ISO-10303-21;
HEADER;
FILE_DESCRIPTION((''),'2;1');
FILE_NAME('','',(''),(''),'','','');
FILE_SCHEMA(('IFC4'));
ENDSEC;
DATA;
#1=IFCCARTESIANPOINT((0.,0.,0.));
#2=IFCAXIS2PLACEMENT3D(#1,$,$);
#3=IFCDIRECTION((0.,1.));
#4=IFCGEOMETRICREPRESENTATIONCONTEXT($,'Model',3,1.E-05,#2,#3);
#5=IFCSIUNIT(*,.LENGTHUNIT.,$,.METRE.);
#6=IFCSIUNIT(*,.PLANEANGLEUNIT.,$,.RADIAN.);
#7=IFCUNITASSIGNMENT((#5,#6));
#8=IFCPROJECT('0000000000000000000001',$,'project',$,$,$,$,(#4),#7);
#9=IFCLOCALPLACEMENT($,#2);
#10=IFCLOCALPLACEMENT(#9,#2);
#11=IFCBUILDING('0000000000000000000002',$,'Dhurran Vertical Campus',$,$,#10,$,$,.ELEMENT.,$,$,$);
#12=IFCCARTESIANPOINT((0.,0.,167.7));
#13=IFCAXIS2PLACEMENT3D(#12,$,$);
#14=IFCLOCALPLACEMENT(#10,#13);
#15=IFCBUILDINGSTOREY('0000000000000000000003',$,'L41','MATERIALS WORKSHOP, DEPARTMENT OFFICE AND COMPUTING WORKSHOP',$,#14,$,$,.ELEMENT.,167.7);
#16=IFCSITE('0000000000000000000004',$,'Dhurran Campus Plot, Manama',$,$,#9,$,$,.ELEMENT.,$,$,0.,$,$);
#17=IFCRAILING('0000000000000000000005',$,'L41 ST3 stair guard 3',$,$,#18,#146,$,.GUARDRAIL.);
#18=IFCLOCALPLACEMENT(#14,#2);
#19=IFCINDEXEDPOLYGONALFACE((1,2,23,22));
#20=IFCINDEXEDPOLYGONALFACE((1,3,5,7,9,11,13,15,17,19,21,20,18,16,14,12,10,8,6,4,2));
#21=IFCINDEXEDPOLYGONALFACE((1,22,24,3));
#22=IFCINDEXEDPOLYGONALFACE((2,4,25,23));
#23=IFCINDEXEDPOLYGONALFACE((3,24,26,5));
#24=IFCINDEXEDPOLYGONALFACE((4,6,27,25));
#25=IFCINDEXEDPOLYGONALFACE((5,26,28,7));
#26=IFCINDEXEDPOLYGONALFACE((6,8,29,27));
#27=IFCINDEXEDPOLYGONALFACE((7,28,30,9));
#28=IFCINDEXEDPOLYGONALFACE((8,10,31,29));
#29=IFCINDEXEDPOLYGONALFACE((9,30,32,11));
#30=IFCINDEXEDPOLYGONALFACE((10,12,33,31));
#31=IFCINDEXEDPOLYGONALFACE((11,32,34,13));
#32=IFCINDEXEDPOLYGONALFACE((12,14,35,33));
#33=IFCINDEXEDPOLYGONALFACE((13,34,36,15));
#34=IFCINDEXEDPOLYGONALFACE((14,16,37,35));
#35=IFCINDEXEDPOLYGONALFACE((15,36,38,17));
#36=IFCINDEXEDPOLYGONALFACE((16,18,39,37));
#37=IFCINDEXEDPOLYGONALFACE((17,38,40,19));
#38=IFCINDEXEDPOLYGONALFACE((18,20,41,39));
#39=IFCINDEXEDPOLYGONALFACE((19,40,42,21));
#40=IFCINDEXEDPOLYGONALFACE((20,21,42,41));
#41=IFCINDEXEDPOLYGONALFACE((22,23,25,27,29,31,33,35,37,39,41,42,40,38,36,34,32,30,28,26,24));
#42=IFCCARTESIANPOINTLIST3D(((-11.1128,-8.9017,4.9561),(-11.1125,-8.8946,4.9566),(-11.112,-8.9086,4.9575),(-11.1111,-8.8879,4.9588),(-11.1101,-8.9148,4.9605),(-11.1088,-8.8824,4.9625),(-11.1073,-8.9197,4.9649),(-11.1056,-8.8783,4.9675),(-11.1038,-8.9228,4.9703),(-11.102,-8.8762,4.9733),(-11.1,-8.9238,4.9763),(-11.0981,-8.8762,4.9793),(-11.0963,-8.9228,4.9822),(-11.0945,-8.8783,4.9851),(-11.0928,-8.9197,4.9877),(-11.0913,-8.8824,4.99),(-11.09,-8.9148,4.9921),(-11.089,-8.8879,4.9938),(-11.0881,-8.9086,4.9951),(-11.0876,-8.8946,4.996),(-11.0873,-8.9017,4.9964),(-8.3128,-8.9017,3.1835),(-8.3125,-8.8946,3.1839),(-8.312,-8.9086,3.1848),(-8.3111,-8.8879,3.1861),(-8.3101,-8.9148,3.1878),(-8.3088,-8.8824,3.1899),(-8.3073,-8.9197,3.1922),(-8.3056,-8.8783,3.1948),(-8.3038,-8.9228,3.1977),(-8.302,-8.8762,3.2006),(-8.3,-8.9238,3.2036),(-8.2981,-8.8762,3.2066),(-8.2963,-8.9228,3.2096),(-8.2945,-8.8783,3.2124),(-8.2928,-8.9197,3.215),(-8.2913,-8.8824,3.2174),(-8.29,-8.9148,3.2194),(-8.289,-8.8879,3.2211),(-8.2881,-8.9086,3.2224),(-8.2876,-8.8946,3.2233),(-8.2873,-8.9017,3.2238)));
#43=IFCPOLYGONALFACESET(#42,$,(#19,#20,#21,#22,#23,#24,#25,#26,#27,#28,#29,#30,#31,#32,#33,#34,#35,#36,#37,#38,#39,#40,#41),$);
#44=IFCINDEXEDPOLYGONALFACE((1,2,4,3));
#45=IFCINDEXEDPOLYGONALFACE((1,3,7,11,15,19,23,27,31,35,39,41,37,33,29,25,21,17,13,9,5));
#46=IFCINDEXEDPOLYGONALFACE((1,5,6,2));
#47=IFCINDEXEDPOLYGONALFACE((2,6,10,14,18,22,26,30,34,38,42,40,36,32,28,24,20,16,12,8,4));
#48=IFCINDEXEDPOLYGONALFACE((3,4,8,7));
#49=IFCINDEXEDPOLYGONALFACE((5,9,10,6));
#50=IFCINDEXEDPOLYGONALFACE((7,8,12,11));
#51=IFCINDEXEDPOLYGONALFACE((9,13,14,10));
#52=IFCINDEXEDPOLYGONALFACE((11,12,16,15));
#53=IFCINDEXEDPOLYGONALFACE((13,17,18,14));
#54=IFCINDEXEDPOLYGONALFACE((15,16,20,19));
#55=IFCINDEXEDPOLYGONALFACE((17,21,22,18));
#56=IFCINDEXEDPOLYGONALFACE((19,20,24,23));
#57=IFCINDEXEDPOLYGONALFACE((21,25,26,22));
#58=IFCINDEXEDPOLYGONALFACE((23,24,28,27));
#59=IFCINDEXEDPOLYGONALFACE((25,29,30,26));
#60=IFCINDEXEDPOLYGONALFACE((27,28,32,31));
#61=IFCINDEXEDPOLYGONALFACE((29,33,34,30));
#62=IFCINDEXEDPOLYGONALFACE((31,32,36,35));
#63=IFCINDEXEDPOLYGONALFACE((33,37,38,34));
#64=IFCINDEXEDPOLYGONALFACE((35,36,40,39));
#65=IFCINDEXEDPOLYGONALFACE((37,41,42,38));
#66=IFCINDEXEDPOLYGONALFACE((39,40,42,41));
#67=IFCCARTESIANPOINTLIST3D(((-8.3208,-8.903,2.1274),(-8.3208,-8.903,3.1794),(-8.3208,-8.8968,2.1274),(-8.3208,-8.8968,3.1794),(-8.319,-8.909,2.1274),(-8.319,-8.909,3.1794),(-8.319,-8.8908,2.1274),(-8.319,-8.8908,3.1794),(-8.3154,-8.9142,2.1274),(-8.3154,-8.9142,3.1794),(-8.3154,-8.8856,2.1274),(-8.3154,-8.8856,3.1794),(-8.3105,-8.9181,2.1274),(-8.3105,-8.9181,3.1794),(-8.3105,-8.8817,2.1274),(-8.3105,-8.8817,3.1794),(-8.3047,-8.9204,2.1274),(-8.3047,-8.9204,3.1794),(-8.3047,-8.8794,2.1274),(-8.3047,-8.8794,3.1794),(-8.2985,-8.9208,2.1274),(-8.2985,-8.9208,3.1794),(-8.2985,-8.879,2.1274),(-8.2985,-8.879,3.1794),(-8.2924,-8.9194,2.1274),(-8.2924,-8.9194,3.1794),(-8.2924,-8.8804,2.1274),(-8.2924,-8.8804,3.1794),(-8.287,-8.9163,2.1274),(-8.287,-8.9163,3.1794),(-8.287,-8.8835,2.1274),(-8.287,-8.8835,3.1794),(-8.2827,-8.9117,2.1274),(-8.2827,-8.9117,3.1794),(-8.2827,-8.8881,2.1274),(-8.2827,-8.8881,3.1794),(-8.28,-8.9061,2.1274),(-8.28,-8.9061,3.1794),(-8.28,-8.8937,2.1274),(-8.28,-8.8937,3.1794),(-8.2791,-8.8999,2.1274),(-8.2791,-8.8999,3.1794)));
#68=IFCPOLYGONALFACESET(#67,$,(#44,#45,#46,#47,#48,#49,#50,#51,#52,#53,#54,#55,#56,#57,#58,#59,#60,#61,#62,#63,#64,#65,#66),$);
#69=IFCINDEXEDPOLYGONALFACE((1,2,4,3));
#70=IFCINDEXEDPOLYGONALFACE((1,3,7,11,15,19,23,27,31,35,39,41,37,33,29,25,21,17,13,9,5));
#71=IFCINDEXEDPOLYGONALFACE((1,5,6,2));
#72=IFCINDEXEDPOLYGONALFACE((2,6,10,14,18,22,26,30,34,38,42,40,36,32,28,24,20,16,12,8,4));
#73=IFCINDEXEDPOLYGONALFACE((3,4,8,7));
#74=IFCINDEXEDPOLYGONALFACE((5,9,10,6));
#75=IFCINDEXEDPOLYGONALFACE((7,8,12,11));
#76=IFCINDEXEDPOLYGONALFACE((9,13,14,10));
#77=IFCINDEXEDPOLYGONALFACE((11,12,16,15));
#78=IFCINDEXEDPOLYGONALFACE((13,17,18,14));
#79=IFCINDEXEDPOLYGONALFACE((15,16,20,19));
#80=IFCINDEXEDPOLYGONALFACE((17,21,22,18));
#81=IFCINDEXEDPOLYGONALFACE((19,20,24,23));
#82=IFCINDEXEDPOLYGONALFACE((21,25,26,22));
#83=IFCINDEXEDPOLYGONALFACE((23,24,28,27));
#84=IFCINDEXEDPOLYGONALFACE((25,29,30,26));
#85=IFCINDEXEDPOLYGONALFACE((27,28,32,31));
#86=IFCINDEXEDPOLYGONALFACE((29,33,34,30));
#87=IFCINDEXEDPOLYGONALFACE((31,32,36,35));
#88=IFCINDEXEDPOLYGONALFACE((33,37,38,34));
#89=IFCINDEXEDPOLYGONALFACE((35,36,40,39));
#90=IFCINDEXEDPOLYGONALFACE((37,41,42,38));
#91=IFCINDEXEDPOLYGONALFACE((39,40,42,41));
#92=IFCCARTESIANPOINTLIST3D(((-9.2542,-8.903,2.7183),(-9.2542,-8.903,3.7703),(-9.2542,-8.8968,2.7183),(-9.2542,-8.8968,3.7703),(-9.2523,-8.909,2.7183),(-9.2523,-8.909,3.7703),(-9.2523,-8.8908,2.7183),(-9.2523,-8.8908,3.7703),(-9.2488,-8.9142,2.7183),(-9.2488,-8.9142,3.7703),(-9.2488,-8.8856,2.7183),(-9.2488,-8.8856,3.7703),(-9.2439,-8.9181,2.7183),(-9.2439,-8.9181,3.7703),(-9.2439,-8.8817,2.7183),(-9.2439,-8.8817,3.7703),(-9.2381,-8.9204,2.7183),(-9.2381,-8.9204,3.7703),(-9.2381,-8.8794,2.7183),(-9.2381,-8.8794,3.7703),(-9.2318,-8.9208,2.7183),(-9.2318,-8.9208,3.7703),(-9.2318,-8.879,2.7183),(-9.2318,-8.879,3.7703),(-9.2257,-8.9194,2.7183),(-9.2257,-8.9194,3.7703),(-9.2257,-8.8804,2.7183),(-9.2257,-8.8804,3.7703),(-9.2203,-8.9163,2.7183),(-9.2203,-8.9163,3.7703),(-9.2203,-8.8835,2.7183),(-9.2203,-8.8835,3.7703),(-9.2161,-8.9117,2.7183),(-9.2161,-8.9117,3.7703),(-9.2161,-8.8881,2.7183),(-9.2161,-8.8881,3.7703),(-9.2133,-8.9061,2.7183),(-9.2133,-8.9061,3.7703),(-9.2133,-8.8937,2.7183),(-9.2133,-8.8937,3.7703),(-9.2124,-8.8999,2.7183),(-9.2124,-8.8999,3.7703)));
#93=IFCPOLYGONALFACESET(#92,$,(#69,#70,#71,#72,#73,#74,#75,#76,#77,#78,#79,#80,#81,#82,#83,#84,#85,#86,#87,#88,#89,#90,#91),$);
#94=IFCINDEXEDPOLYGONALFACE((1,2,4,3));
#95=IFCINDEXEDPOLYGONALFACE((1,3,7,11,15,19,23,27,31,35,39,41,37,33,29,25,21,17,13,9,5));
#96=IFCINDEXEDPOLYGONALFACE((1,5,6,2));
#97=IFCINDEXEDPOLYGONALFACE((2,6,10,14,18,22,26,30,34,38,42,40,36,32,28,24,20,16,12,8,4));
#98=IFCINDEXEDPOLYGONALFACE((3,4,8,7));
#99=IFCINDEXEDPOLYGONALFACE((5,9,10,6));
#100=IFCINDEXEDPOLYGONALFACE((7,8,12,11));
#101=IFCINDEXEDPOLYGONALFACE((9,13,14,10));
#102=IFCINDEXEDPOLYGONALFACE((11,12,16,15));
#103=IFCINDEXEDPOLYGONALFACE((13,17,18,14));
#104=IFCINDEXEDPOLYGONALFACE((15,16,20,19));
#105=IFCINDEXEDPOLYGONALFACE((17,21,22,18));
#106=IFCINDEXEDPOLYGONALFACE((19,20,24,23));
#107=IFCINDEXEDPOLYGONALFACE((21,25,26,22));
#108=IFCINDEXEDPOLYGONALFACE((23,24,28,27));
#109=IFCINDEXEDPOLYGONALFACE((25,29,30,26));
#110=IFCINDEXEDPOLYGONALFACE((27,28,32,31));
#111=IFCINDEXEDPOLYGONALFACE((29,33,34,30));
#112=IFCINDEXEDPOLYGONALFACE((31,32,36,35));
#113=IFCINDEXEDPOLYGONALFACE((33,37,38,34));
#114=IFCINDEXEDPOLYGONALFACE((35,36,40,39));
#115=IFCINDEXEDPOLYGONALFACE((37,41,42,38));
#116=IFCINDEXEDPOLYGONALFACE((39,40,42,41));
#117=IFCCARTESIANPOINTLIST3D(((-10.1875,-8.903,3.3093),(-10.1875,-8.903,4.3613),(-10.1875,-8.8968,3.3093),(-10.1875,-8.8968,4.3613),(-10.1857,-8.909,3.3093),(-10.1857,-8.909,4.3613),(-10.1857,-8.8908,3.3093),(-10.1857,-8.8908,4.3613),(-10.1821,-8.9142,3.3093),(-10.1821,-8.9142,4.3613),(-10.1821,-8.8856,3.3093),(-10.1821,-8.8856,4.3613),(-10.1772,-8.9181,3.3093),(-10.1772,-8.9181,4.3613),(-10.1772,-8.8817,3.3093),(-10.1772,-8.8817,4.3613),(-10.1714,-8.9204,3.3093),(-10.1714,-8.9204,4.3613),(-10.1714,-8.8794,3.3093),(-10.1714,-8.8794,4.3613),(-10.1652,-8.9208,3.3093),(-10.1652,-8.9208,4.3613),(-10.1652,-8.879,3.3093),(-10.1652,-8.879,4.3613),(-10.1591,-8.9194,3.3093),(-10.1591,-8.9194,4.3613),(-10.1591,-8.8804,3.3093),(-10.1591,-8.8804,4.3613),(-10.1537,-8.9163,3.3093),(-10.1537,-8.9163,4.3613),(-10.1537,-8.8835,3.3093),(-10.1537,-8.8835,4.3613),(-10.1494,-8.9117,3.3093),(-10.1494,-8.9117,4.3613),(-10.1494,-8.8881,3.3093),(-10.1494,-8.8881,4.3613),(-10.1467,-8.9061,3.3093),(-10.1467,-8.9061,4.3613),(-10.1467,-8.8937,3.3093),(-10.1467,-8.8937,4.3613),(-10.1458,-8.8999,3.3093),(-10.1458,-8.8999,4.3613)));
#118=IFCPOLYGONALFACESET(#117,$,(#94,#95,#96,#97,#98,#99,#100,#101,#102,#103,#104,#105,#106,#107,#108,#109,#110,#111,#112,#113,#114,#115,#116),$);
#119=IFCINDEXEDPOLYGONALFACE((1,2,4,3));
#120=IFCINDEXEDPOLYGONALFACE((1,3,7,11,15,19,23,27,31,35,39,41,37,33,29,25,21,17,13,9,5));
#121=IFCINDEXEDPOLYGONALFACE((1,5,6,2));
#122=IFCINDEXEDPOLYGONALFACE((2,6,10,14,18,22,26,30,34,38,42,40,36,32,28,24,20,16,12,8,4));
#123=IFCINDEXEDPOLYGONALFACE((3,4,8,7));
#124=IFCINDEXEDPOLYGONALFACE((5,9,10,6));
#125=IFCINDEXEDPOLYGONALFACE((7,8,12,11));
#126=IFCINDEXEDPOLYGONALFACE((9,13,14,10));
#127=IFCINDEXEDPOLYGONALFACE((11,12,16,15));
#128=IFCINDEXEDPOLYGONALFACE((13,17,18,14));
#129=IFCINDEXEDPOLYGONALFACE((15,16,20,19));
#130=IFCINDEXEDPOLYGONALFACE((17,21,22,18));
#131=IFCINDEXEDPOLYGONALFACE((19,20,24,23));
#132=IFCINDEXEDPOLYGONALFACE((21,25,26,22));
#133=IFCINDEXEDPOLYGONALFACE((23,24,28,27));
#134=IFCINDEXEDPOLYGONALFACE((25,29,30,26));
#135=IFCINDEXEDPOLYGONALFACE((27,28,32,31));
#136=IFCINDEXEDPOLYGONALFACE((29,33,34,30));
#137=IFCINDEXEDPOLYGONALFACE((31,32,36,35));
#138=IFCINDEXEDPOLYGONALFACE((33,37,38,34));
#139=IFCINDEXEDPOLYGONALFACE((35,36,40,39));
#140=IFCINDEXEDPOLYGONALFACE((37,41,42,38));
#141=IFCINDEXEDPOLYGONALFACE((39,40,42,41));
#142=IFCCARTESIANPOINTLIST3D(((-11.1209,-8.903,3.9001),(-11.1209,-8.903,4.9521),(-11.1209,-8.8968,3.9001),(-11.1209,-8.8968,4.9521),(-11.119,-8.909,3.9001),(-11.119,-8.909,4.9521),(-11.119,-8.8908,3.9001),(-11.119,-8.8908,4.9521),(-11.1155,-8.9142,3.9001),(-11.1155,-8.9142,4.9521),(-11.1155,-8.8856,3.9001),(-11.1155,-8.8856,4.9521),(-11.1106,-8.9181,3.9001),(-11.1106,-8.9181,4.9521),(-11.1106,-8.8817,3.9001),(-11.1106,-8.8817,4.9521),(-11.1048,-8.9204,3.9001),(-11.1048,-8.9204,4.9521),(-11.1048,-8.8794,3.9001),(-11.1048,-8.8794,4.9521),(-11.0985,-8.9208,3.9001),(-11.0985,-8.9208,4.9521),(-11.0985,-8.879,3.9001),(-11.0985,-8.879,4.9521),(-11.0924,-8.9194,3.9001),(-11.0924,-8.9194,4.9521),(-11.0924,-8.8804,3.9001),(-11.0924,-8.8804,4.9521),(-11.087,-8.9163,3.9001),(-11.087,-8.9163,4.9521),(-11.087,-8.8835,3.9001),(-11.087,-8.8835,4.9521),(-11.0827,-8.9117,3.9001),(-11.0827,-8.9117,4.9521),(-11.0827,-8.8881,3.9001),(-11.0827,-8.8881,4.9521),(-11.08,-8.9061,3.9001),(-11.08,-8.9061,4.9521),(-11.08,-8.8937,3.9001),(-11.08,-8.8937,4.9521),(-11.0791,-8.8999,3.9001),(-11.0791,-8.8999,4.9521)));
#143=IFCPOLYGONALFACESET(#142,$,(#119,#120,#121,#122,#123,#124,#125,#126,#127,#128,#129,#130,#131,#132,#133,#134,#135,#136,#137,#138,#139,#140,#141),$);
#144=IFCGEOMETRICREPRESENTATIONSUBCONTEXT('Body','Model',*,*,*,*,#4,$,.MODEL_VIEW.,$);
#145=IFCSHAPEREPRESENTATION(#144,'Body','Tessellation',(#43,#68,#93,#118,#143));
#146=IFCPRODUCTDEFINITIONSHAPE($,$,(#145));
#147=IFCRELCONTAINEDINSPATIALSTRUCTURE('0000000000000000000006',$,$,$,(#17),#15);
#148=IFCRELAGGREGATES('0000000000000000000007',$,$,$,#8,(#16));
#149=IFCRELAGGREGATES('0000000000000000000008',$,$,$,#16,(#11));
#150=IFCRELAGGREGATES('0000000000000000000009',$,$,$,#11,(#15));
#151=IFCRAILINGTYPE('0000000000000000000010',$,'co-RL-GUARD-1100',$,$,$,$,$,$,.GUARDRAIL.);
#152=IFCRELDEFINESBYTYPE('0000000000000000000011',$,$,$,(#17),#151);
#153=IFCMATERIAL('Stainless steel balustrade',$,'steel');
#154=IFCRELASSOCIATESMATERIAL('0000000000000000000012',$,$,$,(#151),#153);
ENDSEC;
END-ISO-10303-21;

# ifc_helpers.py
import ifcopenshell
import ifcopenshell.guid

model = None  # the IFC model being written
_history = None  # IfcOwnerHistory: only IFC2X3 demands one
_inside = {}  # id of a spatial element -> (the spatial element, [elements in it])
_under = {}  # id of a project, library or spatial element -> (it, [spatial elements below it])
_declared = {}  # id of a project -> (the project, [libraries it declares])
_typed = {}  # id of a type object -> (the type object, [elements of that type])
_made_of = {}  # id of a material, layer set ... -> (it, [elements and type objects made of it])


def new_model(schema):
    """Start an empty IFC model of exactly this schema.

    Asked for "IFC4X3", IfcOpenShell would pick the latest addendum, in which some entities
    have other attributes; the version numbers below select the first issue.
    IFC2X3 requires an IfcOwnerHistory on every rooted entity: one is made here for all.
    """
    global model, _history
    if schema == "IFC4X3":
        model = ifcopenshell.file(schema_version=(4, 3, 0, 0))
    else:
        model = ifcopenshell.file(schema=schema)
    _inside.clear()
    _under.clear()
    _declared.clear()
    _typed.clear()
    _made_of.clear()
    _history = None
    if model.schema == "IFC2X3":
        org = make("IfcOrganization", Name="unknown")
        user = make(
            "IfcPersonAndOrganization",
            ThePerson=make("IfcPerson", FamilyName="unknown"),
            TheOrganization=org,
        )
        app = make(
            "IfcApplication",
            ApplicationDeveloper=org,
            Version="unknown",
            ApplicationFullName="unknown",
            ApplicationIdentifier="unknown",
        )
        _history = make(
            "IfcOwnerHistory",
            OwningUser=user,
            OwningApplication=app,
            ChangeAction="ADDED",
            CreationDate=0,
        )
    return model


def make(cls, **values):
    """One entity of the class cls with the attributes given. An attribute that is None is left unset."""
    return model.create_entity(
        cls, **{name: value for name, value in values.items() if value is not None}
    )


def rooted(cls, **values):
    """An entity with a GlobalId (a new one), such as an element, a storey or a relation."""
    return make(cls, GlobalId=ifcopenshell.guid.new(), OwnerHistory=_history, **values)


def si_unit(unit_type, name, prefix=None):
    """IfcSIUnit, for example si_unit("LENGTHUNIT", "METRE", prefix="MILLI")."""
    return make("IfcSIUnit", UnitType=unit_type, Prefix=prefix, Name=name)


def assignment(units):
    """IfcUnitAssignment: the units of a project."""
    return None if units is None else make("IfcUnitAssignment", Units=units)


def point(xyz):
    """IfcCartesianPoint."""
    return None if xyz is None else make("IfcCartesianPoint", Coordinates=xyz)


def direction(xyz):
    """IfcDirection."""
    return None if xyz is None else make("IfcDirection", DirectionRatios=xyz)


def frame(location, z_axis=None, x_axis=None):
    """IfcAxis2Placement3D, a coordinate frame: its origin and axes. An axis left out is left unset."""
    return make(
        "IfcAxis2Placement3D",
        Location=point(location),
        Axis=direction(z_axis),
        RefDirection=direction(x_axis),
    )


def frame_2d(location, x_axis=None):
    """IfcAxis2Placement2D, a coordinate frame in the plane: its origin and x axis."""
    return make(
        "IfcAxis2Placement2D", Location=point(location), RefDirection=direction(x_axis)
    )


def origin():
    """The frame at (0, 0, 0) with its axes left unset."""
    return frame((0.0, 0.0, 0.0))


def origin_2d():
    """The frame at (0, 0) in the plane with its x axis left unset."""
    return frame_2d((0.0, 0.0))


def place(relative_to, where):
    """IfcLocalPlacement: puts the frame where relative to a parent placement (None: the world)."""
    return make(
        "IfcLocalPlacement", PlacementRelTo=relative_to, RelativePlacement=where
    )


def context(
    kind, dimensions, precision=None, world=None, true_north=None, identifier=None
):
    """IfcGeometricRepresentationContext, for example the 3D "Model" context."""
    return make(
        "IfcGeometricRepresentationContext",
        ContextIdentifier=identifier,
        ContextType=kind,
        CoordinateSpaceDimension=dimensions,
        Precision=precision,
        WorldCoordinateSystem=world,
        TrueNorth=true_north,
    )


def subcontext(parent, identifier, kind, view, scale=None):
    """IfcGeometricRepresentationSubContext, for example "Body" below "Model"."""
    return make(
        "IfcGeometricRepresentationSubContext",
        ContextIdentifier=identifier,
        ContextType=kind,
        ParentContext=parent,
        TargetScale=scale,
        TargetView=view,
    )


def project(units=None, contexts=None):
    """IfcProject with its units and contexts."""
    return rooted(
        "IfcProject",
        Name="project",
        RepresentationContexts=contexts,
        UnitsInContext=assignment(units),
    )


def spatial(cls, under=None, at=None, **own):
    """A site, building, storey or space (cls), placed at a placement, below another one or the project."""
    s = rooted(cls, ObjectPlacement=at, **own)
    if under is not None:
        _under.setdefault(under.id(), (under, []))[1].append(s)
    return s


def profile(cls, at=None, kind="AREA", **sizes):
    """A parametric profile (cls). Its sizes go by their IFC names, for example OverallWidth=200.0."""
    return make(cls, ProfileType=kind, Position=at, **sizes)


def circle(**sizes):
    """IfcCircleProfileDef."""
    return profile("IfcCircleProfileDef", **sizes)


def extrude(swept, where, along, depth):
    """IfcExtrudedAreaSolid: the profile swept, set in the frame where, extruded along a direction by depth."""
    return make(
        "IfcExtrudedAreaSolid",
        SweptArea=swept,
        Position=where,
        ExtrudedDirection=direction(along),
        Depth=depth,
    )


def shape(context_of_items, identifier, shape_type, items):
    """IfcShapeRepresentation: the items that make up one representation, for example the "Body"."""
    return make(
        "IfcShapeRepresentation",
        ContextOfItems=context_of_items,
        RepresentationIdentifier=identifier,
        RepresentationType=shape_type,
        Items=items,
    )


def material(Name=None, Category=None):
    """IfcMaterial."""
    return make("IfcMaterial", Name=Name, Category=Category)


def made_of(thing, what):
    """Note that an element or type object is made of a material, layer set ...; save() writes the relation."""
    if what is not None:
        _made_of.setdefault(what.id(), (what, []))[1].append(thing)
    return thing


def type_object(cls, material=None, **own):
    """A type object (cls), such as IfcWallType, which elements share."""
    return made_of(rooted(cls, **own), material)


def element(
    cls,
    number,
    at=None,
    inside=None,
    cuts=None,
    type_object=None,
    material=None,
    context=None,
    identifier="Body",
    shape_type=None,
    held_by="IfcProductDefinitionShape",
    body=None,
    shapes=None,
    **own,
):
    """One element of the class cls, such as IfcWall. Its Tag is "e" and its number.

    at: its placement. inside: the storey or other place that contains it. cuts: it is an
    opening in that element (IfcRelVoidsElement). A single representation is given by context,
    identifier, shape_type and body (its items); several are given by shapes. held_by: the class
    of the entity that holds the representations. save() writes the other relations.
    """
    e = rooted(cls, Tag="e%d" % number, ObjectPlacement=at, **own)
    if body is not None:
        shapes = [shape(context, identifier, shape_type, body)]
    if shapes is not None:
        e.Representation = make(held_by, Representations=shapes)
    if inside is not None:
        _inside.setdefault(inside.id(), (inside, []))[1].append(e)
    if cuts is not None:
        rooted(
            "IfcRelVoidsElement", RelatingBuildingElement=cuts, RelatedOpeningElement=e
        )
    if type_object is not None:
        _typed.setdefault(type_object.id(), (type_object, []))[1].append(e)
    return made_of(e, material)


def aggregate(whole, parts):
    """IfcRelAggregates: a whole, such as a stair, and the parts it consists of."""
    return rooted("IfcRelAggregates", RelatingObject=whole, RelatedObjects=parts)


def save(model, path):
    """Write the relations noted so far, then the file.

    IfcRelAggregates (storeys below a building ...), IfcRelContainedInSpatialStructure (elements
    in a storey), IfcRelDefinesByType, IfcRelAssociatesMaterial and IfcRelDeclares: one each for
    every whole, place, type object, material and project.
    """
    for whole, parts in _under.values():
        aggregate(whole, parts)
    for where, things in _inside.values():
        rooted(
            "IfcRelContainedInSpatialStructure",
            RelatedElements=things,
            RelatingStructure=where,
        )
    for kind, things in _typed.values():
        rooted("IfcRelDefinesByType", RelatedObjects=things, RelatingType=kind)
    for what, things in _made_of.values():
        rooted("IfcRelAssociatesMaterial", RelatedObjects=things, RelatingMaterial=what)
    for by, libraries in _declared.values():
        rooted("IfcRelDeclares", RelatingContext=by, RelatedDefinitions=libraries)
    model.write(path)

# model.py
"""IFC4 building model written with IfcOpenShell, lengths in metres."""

from ifc_helpers import new_model, si_unit, direction, frame, origin, origin_2d, place, context, subcontext, project, spatial, circle, extrude, material, type_object, element, save


model = new_model("IFC4")

# Units and contexts
model_context = context("Model", 3, precision=1e-05, world=origin(), true_north=direction((0.0, 1.0)))
body_context = subcontext(model_context, "Body", "Model", "MODEL_VIEW")
ifc_project = project(units=[si_unit("LENGTHUNIT", "METRE"), si_unit("PLANEANGLEUNIT", "RADIAN")], contexts=[model_context])

# Site, building, storey
site_placement = place(None, origin())
site = spatial("IfcSite", under=ifc_project, at=site_placement, Name="Dhurran Campus Plot, Manama", CompositionType="ELEMENT", RefElevation=0.0)
building_placement = place(site_placement, origin())
building = spatial("IfcBuilding", under=site, at=building_placement, Name="Dhurran Vertical Campus", CompositionType="ELEMENT")
storey_placement = place(building_placement, frame((0.0, 0.0, 167.7)))
storey = spatial("IfcBuildingStorey", under=building, at=storey_placement, Name="L41", Description="MATERIALS WORKSHOP, DEPARTMENT OFFICE AND COMPUTING WORKSHOP", CompositionType="ELEMENT", Elevation=167.7)

# Railing
ifc_material_1 = material(Name="Stainless steel balustrade", Category="steel")
railing_type_1 = type_object("IfcRailingType", Name="co-RL-GUARD-1100", PredefinedType="GUARDRAIL", material=ifc_material_1)
railing_1_placement = place(storey_placement, frame((-8.3, -8.8999, 2.1274)))
element("IfcRailing", 1, at=railing_1_placement, inside=storey, type_object=railing_type_1, Name="L41 ST3 stair guard 3", PredefinedType="GUARDRAIL", context=body_context, shape_type="SweptSolid", body=[
    extrude(circle(Radius=0.0239, at=origin_2d()), frame((0.0, 0.0, 1.0762), z_axis=(-0.844909, 0.0, 0.53491), x_axis=(0.0, -1.0, 0.0)), (0.0, 0.0, 1.0), 3.314),
    extrude(circle(Radius=0.021, at=origin_2d()), origin(), (0.0, 0.0, 1.0), 1.052),
    extrude(circle(Radius=0.021, at=origin_2d()), frame((-0.9333, 0.0, 0.5908)), (0.0, 0.0, 1.0), 1.052),
    extrude(circle(Radius=0.021, at=origin_2d()), frame((-1.8667, 0.0, 1.1819)), (0.0, 0.0, 1.0), 1.052),
    extrude(circle(Radius=0.021, at=origin_2d()), frame((-2.8, 0.0, 1.7727)), (0.0, 0.0, 1.0), 1.052),
])

save(model, "model.ifc")
